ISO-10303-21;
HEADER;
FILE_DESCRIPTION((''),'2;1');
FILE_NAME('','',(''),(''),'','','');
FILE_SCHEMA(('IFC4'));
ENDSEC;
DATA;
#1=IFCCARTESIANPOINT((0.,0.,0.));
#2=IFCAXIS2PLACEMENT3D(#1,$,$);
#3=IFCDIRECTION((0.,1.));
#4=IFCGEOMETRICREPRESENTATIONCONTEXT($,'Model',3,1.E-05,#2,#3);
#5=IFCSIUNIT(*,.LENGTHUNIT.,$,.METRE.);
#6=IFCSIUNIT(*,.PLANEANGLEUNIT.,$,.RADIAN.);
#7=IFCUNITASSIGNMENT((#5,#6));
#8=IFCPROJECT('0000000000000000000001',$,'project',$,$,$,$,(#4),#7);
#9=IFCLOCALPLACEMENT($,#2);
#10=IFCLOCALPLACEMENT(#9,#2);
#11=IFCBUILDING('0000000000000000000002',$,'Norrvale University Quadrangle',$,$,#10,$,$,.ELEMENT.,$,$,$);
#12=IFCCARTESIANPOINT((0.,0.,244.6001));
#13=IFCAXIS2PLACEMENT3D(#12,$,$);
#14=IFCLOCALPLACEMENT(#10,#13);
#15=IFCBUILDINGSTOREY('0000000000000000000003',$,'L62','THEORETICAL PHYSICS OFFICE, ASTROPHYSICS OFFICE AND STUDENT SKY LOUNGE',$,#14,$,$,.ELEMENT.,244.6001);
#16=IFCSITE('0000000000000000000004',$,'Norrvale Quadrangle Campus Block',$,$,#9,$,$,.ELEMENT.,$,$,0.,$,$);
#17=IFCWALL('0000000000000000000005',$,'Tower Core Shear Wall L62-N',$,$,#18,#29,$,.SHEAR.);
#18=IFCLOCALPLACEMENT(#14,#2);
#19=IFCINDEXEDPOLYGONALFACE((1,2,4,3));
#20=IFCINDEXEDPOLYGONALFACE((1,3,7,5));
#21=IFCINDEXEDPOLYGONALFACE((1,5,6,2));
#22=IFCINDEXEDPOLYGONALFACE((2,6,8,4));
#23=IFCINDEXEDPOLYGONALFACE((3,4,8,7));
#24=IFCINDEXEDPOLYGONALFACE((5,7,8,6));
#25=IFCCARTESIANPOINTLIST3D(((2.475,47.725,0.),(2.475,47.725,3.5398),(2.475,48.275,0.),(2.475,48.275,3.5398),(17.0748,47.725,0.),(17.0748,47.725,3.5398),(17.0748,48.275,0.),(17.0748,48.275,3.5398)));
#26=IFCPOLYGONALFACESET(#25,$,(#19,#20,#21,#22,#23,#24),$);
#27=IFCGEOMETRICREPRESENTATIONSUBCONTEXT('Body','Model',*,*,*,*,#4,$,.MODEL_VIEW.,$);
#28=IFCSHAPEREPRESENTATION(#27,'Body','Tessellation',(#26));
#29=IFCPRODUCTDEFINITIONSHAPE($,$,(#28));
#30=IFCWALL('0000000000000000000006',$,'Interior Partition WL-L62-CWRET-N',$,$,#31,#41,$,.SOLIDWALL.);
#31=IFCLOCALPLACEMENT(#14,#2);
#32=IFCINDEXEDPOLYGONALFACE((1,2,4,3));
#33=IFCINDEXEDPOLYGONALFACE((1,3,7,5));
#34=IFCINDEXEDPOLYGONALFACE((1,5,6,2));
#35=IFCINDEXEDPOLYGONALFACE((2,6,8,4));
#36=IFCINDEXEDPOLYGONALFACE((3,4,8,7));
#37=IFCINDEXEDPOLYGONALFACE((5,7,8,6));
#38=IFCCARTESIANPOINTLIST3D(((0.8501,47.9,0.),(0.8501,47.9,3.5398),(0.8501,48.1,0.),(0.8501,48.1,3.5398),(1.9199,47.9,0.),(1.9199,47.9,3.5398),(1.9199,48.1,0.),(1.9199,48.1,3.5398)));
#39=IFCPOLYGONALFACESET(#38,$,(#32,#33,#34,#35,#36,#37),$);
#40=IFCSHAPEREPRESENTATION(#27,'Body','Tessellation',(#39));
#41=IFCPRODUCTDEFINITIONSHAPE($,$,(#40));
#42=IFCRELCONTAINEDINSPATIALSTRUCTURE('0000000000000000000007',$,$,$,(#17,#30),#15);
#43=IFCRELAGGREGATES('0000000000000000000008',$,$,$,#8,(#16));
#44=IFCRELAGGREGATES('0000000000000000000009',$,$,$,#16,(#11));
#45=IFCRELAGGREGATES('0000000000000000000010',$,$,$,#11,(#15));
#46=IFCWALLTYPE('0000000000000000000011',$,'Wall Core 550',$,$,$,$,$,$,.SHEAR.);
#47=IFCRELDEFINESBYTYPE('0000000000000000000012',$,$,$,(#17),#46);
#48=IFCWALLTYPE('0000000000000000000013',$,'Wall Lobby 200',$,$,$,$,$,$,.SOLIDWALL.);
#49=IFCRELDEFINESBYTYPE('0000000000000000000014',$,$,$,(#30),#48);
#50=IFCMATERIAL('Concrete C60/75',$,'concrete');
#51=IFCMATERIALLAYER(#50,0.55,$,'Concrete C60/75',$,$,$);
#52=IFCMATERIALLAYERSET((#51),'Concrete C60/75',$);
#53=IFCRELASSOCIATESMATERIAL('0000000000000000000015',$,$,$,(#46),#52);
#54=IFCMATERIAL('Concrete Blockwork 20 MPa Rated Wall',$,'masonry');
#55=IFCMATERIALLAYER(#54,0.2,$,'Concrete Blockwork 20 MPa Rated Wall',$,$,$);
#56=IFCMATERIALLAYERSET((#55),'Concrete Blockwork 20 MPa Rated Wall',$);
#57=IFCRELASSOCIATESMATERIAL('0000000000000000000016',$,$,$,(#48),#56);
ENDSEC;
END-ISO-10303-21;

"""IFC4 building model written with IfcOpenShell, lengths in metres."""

from ifc_helpers import new_model, si_unit, direction, frame, frame_2d, origin, place, context, subcontext, project, spatial, rectangle, extrude, material, layer, layer_set, type_object, element, save


model = new_model("IFC4")

# Units and contexts
model_context = context("Model", 3, precision=1e-05, world=origin(), true_north=direction((0.0, 1.0)))
body_context = subcontext(model_context, "Body", "Model", "MODEL_VIEW")
ifc_project = project(units=[si_unit("LENGTHUNIT", "METRE"), si_unit("PLANEANGLEUNIT", "RADIAN")], contexts=[model_context])

# Site, building, storey
site_placement = place(None, origin())
site = spatial("IfcSite", under=ifc_project, at=site_placement, Name="Norrvale Quadrangle Campus Block", CompositionType="ELEMENT", RefElevation=0.0)
building_placement = place(site_placement, origin())
building = spatial("IfcBuilding", under=site, at=building_placement, Name="Norrvale University Quadrangle", CompositionType="ELEMENT")
storey_placement = place(building_placement, frame((0.0, 0.0, 244.6001)))
storey = spatial("IfcBuildingStorey", under=building, at=storey_placement, Name="L62", Description="THEORETICAL PHYSICS OFFICE, ASTROPHYSICS OFFICE AND STUDENT SKY LOUNGE", CompositionType="ELEMENT", Elevation=244.6001)

# Shared definitions
ifc_material_1 = material(Name="Concrete C60/75", Category="concrete")

# Walls
ifc_layer_1 = layer(ifc_material_1, 0.55, Name="Concrete C60/75")
ifc_layer_set_1 = layer_set([ifc_layer_1], Name="Concrete C60/75")
wall_type_1 = type_object("IfcWallType", Name="Wall Core 550", PredefinedType="SHEAR", material=ifc_layer_set_1)
wall_1_placement = place(storey_placement, frame((2.4751, 48.0, 0.0), z_axis=(0.0, 0.0, 1.0), x_axis=(1.0, 0.0, 0.0)))
element("IfcWall", 1, at=wall_1_placement, inside=storey, type_object=wall_type_1, Name="Tower Core Shear Wall L62-N", PredefinedType="SHEAR", context=body_context, shape_type="SweptSolid", body=[
    extrude(rectangle(XDim=14.5999, YDim=0.55, at=frame_2d((7.2998, 0.0))), origin(), (0.0, 0.0, 1.0), 3.5398),
])
ifc_material_2 = material(Name="Concrete Blockwork 20 MPa Rated Wall", Category="masonry")
ifc_layer_2 = layer(ifc_material_2, 0.2, Name="Concrete Blockwork 20 MPa Rated Wall")
ifc_layer_set_2 = layer_set([ifc_layer_2], Name="Concrete Blockwork 20 MPa Rated Wall")
wall_type_2 = type_object("IfcWallType", Name="Wall Lobby 200", PredefinedType="SOLIDWALL", material=ifc_layer_set_2)
wall_2_placement = place(storey_placement, frame((0.8501, 48.0, 0.0), z_axis=(0.0, 0.0, 1.0), x_axis=(1.0, 0.0, 0.0)))
element("IfcWall", 2, at=wall_2_placement, inside=storey, type_object=wall_type_2, Name="Interior Partition WL-L62-CWRET-N", PredefinedType="SOLIDWALL", context=body_context, shape_type="SweptSolid", body=[
    extrude(rectangle(XDim=1.0698, YDim=0.2, at=frame_2d((0.5349, 0.0))), origin(), (0.0, 0.0, 1.0), 3.5398),
])

save(model, "model.ifc")
